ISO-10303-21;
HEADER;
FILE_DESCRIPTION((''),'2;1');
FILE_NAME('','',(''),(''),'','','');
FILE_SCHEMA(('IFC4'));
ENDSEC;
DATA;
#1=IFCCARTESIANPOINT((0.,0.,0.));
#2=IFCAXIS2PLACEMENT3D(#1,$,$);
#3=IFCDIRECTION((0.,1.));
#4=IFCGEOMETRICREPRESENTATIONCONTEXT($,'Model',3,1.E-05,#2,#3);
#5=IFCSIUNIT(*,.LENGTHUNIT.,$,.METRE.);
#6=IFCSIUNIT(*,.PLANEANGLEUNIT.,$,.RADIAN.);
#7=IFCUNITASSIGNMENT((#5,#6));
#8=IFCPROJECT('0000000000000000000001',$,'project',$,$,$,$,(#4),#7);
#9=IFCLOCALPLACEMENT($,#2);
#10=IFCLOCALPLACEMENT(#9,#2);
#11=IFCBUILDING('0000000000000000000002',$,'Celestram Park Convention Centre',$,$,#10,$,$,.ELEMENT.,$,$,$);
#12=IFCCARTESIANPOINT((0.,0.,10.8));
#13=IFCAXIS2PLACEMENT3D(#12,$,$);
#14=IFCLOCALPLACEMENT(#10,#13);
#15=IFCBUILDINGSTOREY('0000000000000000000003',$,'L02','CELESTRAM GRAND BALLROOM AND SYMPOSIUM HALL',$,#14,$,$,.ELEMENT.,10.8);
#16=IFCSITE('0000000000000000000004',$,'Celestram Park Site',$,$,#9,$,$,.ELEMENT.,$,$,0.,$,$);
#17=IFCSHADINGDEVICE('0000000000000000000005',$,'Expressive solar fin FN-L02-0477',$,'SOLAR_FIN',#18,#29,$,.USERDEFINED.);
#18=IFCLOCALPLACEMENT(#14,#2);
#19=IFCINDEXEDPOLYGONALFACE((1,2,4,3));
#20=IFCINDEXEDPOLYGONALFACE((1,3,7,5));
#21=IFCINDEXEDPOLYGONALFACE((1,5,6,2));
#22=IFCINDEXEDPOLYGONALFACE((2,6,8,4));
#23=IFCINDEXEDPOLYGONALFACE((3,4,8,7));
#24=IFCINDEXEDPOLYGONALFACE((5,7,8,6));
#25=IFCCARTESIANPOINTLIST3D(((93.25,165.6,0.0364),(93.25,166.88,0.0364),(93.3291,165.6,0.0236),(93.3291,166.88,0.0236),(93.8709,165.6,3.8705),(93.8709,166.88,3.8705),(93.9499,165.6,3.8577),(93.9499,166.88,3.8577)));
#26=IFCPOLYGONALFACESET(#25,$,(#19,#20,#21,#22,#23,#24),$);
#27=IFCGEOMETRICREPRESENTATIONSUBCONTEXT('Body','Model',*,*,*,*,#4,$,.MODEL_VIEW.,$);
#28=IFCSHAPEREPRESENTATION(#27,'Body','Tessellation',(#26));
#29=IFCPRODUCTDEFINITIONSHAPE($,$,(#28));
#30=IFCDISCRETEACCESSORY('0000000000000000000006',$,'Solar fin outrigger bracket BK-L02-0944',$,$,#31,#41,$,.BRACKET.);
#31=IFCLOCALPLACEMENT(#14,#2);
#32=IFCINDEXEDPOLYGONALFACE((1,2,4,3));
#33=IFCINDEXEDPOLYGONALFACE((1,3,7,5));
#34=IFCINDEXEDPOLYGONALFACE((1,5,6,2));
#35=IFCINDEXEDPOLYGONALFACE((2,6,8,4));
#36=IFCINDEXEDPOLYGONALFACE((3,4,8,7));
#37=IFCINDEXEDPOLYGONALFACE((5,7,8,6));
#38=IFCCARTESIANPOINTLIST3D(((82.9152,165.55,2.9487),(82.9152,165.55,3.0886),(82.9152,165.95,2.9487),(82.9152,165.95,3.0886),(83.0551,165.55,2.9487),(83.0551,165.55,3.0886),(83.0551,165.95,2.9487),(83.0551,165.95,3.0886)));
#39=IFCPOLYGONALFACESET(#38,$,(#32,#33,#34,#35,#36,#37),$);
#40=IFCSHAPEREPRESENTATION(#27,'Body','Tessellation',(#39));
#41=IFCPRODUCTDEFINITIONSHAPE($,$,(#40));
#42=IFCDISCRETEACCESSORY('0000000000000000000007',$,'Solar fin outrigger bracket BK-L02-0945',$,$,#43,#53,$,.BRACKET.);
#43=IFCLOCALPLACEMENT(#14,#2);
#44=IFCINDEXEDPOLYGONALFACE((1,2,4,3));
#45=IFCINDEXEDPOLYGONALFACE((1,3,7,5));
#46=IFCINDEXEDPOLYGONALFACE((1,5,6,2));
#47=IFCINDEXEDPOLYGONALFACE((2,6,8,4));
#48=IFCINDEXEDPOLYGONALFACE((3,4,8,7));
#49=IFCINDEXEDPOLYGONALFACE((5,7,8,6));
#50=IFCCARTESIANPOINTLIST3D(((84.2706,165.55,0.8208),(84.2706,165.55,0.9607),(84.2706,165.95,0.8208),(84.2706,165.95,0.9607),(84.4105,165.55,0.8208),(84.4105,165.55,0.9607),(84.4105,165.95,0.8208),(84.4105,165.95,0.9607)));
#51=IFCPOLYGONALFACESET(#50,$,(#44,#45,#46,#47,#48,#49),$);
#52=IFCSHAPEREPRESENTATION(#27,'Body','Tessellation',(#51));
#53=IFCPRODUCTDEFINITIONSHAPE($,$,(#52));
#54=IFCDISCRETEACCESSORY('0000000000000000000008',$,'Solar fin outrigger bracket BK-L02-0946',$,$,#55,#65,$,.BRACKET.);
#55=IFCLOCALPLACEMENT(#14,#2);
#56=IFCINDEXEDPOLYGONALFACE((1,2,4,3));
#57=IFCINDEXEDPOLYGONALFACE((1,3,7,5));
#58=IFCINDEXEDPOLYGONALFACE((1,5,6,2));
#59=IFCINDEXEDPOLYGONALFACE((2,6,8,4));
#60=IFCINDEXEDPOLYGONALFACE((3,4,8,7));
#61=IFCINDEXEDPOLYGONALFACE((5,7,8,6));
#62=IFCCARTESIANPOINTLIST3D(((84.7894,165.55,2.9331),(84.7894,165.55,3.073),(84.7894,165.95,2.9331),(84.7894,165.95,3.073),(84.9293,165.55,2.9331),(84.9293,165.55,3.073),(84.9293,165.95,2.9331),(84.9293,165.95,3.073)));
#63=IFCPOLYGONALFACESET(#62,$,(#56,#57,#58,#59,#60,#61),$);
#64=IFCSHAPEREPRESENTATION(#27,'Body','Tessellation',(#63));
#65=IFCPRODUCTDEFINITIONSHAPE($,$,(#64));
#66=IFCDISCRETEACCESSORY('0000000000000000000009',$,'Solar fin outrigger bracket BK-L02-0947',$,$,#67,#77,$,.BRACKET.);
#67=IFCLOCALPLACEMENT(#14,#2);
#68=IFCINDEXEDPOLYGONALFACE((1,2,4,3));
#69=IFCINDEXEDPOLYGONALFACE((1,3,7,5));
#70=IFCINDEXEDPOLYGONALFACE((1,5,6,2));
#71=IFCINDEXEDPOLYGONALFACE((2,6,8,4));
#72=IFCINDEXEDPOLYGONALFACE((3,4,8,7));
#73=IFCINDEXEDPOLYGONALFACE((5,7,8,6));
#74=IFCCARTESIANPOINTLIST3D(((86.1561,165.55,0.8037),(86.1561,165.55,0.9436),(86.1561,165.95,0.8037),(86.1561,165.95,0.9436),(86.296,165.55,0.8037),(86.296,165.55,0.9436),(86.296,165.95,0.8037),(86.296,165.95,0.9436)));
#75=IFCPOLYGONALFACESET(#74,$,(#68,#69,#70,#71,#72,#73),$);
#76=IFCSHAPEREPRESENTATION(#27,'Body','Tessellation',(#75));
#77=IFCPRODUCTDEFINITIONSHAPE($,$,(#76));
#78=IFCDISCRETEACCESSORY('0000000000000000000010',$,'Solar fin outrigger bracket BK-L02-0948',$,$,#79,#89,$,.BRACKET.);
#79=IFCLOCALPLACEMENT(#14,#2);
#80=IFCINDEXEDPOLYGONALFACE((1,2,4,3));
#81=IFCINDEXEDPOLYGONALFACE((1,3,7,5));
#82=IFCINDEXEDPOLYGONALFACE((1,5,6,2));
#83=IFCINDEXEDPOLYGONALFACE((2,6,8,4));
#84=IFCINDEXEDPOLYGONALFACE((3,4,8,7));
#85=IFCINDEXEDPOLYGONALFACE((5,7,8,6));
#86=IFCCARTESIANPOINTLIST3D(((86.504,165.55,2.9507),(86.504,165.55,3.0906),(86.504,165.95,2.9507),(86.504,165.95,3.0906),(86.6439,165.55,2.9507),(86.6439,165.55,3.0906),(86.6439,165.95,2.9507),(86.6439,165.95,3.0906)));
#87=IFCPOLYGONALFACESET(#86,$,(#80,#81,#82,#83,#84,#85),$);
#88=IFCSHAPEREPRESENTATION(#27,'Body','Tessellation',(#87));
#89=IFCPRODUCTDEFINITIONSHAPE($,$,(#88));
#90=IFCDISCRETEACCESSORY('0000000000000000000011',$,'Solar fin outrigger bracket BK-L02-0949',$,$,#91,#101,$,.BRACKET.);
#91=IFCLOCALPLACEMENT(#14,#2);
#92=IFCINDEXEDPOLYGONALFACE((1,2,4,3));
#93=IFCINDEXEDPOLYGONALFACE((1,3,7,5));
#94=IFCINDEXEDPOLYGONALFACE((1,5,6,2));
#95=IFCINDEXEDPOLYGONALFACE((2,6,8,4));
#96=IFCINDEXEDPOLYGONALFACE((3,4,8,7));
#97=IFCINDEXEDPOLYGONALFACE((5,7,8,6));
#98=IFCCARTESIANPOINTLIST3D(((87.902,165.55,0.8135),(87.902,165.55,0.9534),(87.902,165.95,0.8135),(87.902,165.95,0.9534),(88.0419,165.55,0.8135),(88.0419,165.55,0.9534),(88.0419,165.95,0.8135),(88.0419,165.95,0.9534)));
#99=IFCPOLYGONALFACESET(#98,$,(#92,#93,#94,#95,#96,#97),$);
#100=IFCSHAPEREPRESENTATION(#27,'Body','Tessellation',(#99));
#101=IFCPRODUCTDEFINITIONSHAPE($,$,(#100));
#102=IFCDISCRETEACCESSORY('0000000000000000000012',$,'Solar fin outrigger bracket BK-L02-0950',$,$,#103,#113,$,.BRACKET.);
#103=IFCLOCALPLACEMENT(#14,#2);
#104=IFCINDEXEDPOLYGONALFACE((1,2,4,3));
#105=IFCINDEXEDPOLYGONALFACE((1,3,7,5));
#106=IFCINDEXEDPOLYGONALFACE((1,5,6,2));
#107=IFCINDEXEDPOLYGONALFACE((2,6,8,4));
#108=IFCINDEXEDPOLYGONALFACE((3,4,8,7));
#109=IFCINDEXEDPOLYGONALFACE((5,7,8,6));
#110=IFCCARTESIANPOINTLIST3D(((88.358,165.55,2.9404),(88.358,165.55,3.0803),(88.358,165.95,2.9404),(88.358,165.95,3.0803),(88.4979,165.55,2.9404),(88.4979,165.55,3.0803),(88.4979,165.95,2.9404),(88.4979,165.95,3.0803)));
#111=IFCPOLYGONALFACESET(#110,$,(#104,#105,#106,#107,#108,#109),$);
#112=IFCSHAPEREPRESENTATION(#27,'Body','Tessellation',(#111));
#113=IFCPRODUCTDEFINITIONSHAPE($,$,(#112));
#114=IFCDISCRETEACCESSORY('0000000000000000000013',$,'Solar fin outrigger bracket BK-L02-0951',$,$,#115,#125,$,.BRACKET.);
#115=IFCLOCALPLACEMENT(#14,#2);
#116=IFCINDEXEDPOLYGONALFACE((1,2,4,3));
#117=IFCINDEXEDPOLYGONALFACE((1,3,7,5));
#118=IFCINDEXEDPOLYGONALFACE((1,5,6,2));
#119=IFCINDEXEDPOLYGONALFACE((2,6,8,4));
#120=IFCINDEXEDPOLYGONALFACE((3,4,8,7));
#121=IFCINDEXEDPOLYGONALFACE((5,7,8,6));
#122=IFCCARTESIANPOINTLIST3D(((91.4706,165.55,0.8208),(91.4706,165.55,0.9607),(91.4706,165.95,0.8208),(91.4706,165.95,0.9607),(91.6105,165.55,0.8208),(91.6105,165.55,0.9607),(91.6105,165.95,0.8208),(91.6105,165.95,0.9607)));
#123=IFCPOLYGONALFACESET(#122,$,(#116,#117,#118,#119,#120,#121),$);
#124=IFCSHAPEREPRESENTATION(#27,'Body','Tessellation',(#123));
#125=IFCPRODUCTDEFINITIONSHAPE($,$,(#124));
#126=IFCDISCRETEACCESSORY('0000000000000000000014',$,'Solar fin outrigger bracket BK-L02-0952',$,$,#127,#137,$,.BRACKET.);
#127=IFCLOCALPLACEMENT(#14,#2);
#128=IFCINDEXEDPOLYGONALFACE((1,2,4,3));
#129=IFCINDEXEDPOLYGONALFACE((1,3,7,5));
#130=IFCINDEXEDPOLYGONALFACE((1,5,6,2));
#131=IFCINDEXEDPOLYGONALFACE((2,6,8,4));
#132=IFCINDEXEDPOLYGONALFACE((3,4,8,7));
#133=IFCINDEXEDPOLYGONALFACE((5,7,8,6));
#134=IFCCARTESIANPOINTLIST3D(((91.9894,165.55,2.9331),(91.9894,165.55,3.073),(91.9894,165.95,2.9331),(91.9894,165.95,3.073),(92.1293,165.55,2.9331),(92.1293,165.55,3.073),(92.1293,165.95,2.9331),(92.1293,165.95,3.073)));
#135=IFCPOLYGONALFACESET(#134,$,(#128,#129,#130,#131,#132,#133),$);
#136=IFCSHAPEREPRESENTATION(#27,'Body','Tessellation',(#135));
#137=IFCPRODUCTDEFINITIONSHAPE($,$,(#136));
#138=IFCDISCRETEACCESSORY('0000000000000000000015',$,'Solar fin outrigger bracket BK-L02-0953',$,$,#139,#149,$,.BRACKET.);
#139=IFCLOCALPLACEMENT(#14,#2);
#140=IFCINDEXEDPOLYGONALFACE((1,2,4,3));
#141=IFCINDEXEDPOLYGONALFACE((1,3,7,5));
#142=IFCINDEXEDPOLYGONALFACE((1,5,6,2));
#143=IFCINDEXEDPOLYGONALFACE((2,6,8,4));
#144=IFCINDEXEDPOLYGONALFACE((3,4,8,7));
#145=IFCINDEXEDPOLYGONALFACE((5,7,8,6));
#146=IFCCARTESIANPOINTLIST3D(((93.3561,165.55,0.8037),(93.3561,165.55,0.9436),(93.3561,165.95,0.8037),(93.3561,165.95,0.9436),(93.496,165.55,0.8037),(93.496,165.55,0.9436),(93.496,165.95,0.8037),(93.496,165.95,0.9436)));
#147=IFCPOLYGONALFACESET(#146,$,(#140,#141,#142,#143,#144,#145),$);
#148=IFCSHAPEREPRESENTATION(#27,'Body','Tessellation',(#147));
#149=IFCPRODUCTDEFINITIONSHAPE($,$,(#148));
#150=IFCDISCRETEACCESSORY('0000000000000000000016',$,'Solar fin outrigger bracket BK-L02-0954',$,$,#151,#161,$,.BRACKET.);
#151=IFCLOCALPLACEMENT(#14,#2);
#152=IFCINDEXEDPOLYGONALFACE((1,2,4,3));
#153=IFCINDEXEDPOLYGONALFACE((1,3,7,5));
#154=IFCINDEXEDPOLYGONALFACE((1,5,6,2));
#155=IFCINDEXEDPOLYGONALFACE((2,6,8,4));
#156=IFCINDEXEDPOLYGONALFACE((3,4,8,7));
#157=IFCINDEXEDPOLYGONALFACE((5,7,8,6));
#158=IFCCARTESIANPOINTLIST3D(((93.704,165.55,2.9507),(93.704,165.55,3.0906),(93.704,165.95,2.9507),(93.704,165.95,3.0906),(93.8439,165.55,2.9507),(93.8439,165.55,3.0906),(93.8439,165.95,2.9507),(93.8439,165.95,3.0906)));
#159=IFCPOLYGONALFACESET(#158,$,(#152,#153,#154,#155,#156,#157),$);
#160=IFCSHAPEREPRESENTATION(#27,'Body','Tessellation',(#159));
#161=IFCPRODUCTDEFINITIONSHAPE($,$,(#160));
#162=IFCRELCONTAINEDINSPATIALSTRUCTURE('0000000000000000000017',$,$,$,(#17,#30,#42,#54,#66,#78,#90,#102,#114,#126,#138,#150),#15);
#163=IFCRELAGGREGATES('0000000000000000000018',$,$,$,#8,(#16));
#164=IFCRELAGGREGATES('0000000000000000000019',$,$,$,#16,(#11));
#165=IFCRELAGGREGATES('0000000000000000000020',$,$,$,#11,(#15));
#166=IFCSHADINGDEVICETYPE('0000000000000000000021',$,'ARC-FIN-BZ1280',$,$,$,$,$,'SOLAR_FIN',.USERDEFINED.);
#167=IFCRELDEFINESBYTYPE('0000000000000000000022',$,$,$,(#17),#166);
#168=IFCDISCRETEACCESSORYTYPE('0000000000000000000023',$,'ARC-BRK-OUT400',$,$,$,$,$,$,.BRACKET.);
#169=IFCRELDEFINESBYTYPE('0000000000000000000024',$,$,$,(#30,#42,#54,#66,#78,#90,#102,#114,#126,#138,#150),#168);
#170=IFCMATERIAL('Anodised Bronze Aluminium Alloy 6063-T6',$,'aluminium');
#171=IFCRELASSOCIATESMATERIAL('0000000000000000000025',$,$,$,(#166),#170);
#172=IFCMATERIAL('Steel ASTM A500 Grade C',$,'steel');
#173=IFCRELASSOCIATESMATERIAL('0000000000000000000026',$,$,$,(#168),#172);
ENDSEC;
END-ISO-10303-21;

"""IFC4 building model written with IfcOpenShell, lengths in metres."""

from ifc_helpers import new_model, si_unit, direction, frame, origin, origin_2d, place, context, subcontext, project, spatial, rectangle, extrude, material, material_profile, profile_set, type_object, element, save


model = new_model("IFC4")

# Units and contexts
model_context = context("Model", 3, precision=1e-05, world=origin(), true_north=direction((0.0, 1.0)))
body_context = subcontext(model_context, "Body", "Model", "MODEL_VIEW")
ifc_project = project(units=[si_unit("LENGTHUNIT", "METRE"), si_unit("PLANEANGLEUNIT", "RADIAN")], contexts=[model_context])

# Site, building, storey
site_placement = place(None, origin())
site = spatial("IfcSite", under=ifc_project, at=site_placement, Name="Celestram Park Site", CompositionType="ELEMENT", RefElevation=0.0)
building_placement = place(site_placement, origin())
building = spatial("IfcBuilding", under=site, at=building_placement, Name="Celestram Park Convention Centre", CompositionType="ELEMENT")
storey_placement = place(building_placement, frame((0.0, 0.0, 10.8)))
storey = spatial("IfcBuildingStorey", under=building, at=storey_placement, Name="L02", Description="CELESTRAM GRAND BALLROOM AND SYMPOSIUM HALL", CompositionType="ELEMENT", Elevation=10.8)

# Shading device
ifc_material_1 = material(Name="Anodised Bronze Aluminium Alloy 6063-T6", Category="aluminium")
ifc_material_profile_1 = material_profile(ifc_material_1, rectangle(XDim=1.28, YDim=0.0801, at=origin_2d()), Name="FIN1280X80")
ifc_profile_set_1 = profile_set([ifc_material_profile_1], Name="Anodised Bronze Aluminium Alloy 6063-T6")
shading_device_type = type_object("IfcShadingDeviceType", Name="ARC-FIN-BZ1280", ElementType="SOLAR_FIN", PredefinedType="USERDEFINED", material=ifc_profile_set_1)
shading_device_1_placement = place(storey_placement, frame((93.2896, 166.24, 0.03), z_axis=(0.159851, 0.0, 0.987141), x_axis=(0.0, 1.0, 0.0)))
element("IfcShadingDevice", 1, at=shading_device_1_placement, inside=storey, type_object=shading_device_type, Name="Expressive solar fin FN-L02-0477", ObjectType="SOLAR_FIN", PredefinedType="USERDEFINED", context=body_context, shape_type="SweptSolid", body=[
    extrude(rectangle(XDim=1.28, YDim=0.0801, at=origin_2d()), origin(), (0.0, 0.0, 1.0), 3.884),
])

# Discrete accessories
ifc_material_2 = material(Name="Steel ASTM A500 Grade C", Category="steel")
discrete_accessory_type = type_object("IfcDiscreteAccessoryType", Name="ARC-BRK-OUT400", PredefinedType="BRACKET", material=ifc_material_2)
for number, where, z_axis, x_axis, name in (
    (2, (82.9851, 165.75, 2.9487), (0.0, 0.0, 1.0), (0.0, 1.0, 0.0), "Solar fin outrigger bracket BK-L02-0944"),
    (3, (84.3406, 165.75, 0.8208), (0.0, 0.0, 1.0), (0.0, 1.0, 0.0), "Solar fin outrigger bracket BK-L02-0945"),
    (4, (84.8594, 165.75, 2.9331), (0.0, 0.0, 1.0), (0.0, 1.0, 0.0), "Solar fin outrigger bracket BK-L02-0946"),
    (5, (86.2261, 165.75, 0.8037), (0.0, 0.0, 1.0), (0.0, 1.0, 0.0), "Solar fin outrigger bracket BK-L02-0947"),
    (6, (86.574, 165.75, 2.9507), (0.0, 0.0, 1.0), (0.0, 1.0, 0.0), "Solar fin outrigger bracket BK-L02-0948"),
    (7, (87.9719, 165.75, 0.8135), (0.0, 0.0, 1.0), (0.0, 1.0, 0.0), "Solar fin outrigger bracket BK-L02-0949"),
    (8, (88.428, 165.75, 2.9404), (0.0, 0.0, 1.0), (0.0, 1.0, 0.0), "Solar fin outrigger bracket BK-L02-0950"),
    (9, (91.5405, 165.75, 0.8208), (0.0, 0.0, 1.0), (0.0, 1.0, 0.0), "Solar fin outrigger bracket BK-L02-0951"),
    (10, (92.0593, 165.75, 2.9331), (0.0, 0.0, 1.0), (0.0, 1.0, 0.0), "Solar fin outrigger bracket BK-L02-0952"),
    (11, (93.426, 165.75, 0.8037), (0.0, 0.0, 1.0), (0.0, 1.0, 0.0), "Solar fin outrigger bracket BK-L02-0953"),
    (12, (93.7739, 165.75, 2.9507), (0.0, 0.0, 1.0), (0.0, 1.0, 0.0), "Solar fin outrigger bracket BK-L02-0954"),
):
    element("IfcDiscreteAccessory", number, at=place(storey_placement, frame(where, z_axis=z_axis, x_axis=x_axis)), inside=storey, type_object=discrete_accessory_type, Name=name, PredefinedType="BRACKET", context=body_context, shape_type="SweptSolid", body=[
        extrude(rectangle(XDim=0.3999, YDim=0.1399, at=origin_2d()), origin(), (0.0, 0.0, 1.0), 0.1399),
    ])

save(model, "model.ifc")
